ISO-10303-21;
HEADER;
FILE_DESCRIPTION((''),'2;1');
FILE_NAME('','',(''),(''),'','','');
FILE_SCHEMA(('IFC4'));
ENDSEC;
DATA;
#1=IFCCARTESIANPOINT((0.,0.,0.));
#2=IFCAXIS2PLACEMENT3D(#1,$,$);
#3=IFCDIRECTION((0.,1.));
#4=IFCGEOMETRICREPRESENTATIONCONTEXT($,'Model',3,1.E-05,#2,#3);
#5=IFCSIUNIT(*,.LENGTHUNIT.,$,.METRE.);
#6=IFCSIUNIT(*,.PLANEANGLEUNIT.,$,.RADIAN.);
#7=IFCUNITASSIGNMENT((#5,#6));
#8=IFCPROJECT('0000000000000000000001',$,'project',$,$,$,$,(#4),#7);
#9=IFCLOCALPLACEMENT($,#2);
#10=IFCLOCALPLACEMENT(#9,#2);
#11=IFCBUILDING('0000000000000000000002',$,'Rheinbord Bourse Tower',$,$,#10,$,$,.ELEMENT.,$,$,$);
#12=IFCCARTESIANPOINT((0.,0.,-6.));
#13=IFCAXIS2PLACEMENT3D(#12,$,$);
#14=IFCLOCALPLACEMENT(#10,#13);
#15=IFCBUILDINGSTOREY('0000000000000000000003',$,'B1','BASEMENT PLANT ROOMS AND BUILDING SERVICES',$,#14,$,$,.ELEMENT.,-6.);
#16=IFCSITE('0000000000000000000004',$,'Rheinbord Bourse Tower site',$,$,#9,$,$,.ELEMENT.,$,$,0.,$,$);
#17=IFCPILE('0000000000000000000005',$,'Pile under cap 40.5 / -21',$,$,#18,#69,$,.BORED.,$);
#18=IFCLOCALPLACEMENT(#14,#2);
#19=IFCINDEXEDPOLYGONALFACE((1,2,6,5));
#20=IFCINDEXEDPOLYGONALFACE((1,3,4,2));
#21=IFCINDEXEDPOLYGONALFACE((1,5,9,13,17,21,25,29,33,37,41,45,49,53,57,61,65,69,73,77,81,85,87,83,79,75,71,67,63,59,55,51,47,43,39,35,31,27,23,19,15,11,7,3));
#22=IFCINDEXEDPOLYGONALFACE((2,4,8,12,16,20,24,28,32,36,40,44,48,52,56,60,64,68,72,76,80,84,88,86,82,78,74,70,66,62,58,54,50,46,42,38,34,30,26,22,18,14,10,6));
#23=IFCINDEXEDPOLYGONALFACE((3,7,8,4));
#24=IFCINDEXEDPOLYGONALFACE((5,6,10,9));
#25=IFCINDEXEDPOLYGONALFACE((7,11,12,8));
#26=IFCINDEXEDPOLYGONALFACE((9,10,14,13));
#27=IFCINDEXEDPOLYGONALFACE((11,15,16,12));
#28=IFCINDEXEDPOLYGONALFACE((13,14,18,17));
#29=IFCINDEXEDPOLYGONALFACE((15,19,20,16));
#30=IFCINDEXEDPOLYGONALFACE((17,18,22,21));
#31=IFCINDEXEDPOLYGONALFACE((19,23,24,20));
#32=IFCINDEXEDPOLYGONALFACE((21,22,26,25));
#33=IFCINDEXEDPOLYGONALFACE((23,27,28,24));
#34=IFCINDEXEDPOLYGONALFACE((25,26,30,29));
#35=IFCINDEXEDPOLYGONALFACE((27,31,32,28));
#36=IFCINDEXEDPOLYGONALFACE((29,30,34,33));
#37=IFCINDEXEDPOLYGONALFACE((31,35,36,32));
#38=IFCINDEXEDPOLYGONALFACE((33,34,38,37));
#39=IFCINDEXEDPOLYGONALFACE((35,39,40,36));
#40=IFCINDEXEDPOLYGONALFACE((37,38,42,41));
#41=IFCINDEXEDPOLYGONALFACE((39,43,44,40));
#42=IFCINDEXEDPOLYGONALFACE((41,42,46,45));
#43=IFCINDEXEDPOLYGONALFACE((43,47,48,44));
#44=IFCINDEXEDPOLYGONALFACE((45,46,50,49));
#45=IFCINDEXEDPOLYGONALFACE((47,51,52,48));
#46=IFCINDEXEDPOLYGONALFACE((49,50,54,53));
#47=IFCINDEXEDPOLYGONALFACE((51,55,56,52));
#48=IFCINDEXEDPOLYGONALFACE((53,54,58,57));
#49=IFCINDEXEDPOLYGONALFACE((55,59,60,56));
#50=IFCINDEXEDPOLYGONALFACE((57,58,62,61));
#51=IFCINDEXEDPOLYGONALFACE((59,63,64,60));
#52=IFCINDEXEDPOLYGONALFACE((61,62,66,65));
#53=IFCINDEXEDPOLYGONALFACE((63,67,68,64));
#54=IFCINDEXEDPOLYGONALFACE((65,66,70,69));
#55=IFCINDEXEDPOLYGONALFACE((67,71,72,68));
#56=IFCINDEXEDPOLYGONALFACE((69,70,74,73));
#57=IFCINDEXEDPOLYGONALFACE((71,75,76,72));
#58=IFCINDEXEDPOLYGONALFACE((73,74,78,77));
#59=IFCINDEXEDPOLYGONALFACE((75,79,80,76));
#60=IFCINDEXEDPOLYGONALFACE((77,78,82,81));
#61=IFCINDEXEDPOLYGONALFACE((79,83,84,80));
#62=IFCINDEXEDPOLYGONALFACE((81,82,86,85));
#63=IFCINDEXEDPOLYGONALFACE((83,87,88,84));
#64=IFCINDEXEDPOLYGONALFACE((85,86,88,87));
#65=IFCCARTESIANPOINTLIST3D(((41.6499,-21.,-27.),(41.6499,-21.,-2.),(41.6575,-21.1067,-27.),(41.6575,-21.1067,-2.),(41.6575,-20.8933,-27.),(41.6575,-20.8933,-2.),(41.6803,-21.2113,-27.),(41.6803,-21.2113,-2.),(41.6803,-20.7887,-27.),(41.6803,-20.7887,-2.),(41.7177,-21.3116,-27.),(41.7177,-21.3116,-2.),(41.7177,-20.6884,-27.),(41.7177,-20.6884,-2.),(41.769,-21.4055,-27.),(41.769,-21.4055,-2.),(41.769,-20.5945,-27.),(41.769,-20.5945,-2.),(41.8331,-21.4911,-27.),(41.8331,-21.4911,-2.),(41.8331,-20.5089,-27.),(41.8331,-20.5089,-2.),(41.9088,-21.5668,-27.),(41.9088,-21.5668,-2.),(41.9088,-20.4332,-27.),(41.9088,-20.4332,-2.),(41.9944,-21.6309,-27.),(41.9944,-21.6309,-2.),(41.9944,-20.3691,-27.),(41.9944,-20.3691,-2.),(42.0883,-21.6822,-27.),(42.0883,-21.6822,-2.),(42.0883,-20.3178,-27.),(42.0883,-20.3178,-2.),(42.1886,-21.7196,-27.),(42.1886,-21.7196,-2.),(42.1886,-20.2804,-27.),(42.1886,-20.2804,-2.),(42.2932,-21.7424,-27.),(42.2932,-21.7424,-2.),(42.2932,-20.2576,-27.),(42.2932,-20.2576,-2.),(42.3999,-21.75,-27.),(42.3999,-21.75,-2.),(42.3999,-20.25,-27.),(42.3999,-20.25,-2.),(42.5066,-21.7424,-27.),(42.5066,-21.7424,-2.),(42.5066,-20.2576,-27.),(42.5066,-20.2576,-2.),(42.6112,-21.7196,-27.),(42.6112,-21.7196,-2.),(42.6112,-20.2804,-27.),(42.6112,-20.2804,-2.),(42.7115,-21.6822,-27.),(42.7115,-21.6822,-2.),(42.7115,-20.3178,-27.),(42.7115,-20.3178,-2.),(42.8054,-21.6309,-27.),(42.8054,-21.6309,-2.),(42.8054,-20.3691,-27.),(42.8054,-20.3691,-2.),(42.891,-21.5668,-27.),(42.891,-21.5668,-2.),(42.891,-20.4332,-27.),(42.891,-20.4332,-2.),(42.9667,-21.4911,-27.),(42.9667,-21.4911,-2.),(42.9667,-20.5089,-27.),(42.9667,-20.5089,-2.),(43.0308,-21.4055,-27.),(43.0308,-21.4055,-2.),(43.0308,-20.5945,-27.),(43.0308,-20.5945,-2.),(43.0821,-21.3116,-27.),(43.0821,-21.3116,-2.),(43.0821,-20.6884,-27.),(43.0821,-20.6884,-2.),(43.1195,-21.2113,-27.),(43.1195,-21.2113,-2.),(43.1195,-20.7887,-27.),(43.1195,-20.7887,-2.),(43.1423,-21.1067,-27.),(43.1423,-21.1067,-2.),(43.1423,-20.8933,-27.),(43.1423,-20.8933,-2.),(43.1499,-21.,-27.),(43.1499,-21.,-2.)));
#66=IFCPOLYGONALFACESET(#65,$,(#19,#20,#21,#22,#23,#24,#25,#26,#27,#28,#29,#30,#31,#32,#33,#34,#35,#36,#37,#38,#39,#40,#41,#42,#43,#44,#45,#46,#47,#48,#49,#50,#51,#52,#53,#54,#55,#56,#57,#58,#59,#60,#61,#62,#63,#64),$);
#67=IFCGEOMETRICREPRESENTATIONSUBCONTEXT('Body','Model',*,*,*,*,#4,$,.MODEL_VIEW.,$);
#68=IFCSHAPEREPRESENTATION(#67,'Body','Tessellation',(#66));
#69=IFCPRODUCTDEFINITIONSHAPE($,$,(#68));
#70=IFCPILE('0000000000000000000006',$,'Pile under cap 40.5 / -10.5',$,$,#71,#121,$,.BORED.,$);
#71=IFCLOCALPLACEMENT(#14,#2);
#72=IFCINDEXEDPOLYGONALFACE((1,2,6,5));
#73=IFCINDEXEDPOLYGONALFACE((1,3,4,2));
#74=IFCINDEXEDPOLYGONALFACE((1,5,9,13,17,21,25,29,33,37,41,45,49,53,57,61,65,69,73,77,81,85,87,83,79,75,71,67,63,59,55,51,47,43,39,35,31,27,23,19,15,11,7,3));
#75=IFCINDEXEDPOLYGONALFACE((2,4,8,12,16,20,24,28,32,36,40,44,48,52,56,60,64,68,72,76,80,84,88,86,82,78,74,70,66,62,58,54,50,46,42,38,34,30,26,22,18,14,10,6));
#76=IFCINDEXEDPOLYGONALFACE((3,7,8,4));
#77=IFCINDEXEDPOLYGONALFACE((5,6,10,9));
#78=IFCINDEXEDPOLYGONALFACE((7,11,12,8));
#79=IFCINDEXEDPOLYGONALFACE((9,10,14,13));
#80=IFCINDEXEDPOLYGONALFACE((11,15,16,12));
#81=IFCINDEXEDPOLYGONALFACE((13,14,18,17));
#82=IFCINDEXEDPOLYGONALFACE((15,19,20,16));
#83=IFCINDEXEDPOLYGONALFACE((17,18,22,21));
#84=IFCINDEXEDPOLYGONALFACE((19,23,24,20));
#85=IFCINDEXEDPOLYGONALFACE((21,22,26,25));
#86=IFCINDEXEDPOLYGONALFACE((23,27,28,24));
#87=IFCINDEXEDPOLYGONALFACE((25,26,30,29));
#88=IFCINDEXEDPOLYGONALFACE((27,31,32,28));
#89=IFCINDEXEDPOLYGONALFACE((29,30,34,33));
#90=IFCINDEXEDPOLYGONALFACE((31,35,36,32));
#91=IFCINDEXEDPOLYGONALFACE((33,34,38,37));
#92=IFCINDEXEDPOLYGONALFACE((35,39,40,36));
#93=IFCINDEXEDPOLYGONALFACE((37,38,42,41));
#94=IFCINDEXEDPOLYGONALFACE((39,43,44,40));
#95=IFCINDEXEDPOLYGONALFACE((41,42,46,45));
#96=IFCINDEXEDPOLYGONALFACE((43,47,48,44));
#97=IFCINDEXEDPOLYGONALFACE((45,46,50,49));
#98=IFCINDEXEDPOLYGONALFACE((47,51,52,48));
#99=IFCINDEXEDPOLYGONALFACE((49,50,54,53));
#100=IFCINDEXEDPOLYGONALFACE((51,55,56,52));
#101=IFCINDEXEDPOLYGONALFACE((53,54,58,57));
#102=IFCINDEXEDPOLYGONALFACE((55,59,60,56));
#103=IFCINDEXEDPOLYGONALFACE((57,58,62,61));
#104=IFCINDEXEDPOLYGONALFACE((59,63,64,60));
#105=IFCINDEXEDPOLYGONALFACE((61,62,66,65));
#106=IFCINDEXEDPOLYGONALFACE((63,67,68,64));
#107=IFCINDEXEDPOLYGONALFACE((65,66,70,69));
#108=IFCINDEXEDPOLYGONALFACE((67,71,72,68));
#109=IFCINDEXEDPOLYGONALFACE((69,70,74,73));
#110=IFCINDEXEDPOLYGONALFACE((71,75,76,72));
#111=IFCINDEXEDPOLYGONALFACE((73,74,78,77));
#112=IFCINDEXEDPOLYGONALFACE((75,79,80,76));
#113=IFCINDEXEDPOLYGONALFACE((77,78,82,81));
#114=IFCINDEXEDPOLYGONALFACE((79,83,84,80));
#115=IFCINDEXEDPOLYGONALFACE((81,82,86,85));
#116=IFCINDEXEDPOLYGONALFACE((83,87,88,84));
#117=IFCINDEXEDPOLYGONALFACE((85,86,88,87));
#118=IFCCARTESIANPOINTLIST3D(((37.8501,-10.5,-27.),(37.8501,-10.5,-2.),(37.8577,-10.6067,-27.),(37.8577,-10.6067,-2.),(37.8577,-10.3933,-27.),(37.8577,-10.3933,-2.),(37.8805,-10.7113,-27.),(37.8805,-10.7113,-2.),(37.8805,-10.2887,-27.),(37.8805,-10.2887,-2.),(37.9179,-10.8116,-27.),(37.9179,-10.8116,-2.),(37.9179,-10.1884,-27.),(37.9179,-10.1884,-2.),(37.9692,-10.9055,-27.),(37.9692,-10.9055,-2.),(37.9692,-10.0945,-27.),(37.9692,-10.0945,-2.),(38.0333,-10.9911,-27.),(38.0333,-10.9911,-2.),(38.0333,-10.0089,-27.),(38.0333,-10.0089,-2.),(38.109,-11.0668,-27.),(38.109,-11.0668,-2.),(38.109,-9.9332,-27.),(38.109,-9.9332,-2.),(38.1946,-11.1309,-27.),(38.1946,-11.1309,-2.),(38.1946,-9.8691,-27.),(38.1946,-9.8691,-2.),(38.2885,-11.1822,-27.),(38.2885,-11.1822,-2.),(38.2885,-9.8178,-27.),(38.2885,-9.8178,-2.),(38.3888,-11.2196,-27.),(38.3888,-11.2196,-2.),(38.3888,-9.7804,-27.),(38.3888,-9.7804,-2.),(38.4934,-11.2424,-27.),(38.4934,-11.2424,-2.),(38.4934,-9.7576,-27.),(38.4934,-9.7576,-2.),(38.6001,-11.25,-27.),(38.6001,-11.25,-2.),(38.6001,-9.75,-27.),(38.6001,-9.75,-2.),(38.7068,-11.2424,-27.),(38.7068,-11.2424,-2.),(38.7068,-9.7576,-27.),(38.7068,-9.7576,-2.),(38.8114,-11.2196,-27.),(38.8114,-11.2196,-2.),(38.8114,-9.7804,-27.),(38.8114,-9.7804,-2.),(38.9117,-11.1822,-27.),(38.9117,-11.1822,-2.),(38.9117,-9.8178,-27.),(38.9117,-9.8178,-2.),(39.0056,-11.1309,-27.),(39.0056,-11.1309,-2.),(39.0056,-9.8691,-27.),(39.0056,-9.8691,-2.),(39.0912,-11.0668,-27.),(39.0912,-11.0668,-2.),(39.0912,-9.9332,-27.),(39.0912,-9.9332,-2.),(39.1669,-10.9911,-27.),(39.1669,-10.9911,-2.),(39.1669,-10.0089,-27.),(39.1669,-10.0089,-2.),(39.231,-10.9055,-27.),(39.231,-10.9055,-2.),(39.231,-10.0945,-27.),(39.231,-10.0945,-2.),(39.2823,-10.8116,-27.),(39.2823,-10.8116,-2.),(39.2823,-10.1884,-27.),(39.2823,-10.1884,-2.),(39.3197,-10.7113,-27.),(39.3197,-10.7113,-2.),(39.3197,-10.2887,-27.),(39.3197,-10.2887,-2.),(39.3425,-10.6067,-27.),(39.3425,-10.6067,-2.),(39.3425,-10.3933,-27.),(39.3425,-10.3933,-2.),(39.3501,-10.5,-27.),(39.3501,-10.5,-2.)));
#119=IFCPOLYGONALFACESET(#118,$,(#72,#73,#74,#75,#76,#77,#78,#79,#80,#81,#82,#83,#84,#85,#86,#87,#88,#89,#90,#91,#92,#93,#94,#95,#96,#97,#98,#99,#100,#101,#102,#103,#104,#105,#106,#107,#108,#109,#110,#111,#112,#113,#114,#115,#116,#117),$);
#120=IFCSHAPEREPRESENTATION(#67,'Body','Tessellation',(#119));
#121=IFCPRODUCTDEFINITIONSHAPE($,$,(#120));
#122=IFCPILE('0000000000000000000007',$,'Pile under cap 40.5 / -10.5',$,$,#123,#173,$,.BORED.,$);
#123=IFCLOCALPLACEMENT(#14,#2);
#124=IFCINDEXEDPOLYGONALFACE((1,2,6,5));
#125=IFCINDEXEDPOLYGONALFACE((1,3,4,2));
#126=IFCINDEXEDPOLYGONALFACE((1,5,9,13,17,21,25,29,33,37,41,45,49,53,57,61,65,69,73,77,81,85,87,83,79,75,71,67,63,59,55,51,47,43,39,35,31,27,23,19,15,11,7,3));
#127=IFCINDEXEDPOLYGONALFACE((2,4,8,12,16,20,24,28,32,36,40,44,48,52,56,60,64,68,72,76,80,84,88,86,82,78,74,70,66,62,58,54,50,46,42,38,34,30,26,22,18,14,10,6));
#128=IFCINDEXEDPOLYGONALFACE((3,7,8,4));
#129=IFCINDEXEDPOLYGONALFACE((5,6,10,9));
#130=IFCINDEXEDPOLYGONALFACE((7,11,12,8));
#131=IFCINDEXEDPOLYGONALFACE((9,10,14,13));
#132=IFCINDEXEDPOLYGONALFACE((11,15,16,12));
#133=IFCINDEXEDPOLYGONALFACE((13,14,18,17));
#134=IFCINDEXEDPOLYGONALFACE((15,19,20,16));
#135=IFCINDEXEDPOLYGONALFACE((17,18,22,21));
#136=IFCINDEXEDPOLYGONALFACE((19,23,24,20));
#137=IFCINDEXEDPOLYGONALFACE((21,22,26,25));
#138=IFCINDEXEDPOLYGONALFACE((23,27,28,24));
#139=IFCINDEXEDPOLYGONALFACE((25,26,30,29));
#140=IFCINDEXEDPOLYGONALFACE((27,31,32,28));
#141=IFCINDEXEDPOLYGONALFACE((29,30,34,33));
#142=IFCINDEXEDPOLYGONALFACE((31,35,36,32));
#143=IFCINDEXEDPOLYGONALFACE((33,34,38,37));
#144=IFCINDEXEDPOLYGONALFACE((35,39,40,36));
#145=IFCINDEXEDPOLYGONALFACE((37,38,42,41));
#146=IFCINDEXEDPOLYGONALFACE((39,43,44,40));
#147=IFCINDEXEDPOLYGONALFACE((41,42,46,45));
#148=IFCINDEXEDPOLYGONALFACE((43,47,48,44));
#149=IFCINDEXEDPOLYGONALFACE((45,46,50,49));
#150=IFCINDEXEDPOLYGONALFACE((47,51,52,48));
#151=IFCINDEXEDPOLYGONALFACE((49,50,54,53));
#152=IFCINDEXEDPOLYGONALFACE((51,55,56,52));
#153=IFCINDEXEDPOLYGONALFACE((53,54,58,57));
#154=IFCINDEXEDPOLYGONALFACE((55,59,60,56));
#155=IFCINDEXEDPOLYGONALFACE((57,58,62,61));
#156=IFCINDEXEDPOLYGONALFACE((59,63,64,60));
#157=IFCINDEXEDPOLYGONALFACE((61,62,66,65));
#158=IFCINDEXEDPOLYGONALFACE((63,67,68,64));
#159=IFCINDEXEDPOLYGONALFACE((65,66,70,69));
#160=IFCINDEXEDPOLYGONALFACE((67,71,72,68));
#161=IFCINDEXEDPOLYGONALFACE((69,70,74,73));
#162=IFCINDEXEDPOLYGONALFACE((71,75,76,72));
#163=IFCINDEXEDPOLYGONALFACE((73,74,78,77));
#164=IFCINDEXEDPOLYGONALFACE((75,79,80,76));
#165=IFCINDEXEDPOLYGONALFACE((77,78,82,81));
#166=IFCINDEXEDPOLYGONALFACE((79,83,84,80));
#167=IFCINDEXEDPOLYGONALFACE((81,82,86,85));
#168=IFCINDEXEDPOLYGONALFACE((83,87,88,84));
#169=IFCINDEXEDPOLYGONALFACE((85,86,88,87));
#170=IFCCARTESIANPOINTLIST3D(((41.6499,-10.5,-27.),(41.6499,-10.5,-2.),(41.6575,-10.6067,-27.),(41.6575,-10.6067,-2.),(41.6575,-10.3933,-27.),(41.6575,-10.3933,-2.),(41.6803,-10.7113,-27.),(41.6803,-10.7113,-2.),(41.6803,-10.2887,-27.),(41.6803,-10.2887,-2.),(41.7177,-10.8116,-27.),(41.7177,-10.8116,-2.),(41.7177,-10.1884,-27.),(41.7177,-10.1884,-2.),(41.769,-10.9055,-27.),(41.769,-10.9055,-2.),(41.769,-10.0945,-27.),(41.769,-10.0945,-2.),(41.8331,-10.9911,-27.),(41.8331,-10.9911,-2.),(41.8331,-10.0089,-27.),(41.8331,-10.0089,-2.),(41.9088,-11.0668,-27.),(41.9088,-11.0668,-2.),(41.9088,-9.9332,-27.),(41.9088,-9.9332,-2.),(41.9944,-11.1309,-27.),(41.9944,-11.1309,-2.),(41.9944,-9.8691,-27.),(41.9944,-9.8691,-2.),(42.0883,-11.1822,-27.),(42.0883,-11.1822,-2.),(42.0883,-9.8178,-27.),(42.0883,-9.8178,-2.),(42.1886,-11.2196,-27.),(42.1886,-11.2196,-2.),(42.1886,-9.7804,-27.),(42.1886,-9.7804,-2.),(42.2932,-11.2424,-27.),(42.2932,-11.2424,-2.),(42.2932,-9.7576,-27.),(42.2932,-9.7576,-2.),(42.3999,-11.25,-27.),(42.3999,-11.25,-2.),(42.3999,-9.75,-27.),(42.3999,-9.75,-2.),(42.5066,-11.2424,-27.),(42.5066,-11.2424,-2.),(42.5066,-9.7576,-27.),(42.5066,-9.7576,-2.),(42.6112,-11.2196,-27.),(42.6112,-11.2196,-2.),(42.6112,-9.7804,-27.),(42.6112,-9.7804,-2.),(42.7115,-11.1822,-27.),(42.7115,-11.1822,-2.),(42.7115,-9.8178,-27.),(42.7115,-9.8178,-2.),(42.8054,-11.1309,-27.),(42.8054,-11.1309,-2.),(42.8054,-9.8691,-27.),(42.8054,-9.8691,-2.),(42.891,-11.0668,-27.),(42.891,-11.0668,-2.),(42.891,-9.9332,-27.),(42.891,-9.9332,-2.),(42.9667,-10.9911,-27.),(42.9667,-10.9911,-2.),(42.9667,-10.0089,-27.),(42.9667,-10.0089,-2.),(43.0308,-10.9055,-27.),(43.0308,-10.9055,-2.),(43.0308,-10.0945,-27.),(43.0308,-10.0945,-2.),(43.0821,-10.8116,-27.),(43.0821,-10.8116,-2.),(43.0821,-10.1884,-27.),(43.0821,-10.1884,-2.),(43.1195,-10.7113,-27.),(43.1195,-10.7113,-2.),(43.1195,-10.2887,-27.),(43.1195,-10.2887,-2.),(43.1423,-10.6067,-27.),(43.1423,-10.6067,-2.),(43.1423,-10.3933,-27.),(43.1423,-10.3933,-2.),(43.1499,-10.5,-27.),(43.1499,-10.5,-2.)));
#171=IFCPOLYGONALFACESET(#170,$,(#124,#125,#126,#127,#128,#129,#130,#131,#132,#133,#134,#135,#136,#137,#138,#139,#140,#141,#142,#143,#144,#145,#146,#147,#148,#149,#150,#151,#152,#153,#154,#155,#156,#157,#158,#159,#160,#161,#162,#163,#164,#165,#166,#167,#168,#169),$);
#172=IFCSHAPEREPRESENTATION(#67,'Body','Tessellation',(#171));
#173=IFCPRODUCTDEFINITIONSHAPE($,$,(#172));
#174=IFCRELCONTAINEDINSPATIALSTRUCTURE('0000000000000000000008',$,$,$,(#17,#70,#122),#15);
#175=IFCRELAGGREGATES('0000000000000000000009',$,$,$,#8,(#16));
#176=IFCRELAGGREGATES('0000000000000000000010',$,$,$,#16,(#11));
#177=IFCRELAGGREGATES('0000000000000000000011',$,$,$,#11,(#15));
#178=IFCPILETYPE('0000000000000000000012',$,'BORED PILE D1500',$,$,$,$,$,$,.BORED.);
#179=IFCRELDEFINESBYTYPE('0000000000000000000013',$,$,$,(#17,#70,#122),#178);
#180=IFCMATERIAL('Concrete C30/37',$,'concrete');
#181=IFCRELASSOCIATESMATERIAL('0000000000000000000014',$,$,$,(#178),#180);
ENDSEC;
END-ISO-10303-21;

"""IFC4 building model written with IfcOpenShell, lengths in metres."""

from ifc_helpers import new_model, si_unit, direction, frame, origin, origin_2d, place, context, subcontext, project, spatial, circle, extrude, material, material_profile, profile_set, type_object, element, save


model = new_model("IFC4")

# Units and contexts
model_context = context("Model", 3, precision=1e-05, world=origin(), true_north=direction((0.0, 1.0)))
body_context = subcontext(model_context, "Body", "Model", "MODEL_VIEW")
ifc_project = project(units=[si_unit("LENGTHUNIT", "METRE"), si_unit("PLANEANGLEUNIT", "RADIAN")], contexts=[model_context])

# Site, building, storey
site_placement = place(None, origin())
site = spatial("IfcSite", under=ifc_project, at=site_placement, Name="Rheinbord Bourse Tower site", CompositionType="ELEMENT", RefElevation=0.0)
building_placement = place(site_placement, origin())
building = spatial("IfcBuilding", under=site, at=building_placement, Name="Rheinbord Bourse Tower", CompositionType="ELEMENT")
storey_placement = place(building_placement, frame((0.0, 0.0, -6.0)))
storey = spatial("IfcBuildingStorey", under=building, at=storey_placement, Name="B1", Description="BASEMENT PLANT ROOMS AND BUILDING SERVICES", CompositionType="ELEMENT", Elevation=-6.0)

# Piles
ifc_material_1 = material(Name="Concrete C30/37", Category="concrete")
ifc_material_profile_1 = material_profile(ifc_material_1, circle(Radius=0.75, at=origin_2d()), Name="D1500")
ifc_profile_set_1 = profile_set([ifc_material_profile_1], Name="Concrete C30/37")
pile_type = type_object("IfcPileType", Name="BORED PILE D1500", PredefinedType="BORED", material=ifc_profile_set_1)
for number, where, z_axis, x_axis, name in (
    (1, (42.3999, -21.0, -2.0), (0.0, 0.0, -1.0), (1.0, 0.0, 0.0), "Pile under cap 40.5 / -21"),
    (2, (38.6001, -10.5, -2.0), (0.0, 0.0, -1.0), (1.0, 0.0, 0.0), "Pile under cap 40.5 / -10.5"),
    (3, (42.3999, -10.5, -2.0), (0.0, 0.0, -1.0), (1.0, 0.0, 0.0), "Pile under cap 40.5 / -10.5"),
):
    element("IfcPile", number, at=place(storey_placement, frame(where, z_axis=z_axis, x_axis=x_axis)), inside=storey, type_object=pile_type, Name=name, PredefinedType="BORED", context=body_context, shape_type="SweptSolid", body=[
        extrude(circle(Radius=0.75, at=origin_2d()), origin(), (0.0, 0.0, 1.0), 25.0),
    ])

save(model, "model.ifc")
